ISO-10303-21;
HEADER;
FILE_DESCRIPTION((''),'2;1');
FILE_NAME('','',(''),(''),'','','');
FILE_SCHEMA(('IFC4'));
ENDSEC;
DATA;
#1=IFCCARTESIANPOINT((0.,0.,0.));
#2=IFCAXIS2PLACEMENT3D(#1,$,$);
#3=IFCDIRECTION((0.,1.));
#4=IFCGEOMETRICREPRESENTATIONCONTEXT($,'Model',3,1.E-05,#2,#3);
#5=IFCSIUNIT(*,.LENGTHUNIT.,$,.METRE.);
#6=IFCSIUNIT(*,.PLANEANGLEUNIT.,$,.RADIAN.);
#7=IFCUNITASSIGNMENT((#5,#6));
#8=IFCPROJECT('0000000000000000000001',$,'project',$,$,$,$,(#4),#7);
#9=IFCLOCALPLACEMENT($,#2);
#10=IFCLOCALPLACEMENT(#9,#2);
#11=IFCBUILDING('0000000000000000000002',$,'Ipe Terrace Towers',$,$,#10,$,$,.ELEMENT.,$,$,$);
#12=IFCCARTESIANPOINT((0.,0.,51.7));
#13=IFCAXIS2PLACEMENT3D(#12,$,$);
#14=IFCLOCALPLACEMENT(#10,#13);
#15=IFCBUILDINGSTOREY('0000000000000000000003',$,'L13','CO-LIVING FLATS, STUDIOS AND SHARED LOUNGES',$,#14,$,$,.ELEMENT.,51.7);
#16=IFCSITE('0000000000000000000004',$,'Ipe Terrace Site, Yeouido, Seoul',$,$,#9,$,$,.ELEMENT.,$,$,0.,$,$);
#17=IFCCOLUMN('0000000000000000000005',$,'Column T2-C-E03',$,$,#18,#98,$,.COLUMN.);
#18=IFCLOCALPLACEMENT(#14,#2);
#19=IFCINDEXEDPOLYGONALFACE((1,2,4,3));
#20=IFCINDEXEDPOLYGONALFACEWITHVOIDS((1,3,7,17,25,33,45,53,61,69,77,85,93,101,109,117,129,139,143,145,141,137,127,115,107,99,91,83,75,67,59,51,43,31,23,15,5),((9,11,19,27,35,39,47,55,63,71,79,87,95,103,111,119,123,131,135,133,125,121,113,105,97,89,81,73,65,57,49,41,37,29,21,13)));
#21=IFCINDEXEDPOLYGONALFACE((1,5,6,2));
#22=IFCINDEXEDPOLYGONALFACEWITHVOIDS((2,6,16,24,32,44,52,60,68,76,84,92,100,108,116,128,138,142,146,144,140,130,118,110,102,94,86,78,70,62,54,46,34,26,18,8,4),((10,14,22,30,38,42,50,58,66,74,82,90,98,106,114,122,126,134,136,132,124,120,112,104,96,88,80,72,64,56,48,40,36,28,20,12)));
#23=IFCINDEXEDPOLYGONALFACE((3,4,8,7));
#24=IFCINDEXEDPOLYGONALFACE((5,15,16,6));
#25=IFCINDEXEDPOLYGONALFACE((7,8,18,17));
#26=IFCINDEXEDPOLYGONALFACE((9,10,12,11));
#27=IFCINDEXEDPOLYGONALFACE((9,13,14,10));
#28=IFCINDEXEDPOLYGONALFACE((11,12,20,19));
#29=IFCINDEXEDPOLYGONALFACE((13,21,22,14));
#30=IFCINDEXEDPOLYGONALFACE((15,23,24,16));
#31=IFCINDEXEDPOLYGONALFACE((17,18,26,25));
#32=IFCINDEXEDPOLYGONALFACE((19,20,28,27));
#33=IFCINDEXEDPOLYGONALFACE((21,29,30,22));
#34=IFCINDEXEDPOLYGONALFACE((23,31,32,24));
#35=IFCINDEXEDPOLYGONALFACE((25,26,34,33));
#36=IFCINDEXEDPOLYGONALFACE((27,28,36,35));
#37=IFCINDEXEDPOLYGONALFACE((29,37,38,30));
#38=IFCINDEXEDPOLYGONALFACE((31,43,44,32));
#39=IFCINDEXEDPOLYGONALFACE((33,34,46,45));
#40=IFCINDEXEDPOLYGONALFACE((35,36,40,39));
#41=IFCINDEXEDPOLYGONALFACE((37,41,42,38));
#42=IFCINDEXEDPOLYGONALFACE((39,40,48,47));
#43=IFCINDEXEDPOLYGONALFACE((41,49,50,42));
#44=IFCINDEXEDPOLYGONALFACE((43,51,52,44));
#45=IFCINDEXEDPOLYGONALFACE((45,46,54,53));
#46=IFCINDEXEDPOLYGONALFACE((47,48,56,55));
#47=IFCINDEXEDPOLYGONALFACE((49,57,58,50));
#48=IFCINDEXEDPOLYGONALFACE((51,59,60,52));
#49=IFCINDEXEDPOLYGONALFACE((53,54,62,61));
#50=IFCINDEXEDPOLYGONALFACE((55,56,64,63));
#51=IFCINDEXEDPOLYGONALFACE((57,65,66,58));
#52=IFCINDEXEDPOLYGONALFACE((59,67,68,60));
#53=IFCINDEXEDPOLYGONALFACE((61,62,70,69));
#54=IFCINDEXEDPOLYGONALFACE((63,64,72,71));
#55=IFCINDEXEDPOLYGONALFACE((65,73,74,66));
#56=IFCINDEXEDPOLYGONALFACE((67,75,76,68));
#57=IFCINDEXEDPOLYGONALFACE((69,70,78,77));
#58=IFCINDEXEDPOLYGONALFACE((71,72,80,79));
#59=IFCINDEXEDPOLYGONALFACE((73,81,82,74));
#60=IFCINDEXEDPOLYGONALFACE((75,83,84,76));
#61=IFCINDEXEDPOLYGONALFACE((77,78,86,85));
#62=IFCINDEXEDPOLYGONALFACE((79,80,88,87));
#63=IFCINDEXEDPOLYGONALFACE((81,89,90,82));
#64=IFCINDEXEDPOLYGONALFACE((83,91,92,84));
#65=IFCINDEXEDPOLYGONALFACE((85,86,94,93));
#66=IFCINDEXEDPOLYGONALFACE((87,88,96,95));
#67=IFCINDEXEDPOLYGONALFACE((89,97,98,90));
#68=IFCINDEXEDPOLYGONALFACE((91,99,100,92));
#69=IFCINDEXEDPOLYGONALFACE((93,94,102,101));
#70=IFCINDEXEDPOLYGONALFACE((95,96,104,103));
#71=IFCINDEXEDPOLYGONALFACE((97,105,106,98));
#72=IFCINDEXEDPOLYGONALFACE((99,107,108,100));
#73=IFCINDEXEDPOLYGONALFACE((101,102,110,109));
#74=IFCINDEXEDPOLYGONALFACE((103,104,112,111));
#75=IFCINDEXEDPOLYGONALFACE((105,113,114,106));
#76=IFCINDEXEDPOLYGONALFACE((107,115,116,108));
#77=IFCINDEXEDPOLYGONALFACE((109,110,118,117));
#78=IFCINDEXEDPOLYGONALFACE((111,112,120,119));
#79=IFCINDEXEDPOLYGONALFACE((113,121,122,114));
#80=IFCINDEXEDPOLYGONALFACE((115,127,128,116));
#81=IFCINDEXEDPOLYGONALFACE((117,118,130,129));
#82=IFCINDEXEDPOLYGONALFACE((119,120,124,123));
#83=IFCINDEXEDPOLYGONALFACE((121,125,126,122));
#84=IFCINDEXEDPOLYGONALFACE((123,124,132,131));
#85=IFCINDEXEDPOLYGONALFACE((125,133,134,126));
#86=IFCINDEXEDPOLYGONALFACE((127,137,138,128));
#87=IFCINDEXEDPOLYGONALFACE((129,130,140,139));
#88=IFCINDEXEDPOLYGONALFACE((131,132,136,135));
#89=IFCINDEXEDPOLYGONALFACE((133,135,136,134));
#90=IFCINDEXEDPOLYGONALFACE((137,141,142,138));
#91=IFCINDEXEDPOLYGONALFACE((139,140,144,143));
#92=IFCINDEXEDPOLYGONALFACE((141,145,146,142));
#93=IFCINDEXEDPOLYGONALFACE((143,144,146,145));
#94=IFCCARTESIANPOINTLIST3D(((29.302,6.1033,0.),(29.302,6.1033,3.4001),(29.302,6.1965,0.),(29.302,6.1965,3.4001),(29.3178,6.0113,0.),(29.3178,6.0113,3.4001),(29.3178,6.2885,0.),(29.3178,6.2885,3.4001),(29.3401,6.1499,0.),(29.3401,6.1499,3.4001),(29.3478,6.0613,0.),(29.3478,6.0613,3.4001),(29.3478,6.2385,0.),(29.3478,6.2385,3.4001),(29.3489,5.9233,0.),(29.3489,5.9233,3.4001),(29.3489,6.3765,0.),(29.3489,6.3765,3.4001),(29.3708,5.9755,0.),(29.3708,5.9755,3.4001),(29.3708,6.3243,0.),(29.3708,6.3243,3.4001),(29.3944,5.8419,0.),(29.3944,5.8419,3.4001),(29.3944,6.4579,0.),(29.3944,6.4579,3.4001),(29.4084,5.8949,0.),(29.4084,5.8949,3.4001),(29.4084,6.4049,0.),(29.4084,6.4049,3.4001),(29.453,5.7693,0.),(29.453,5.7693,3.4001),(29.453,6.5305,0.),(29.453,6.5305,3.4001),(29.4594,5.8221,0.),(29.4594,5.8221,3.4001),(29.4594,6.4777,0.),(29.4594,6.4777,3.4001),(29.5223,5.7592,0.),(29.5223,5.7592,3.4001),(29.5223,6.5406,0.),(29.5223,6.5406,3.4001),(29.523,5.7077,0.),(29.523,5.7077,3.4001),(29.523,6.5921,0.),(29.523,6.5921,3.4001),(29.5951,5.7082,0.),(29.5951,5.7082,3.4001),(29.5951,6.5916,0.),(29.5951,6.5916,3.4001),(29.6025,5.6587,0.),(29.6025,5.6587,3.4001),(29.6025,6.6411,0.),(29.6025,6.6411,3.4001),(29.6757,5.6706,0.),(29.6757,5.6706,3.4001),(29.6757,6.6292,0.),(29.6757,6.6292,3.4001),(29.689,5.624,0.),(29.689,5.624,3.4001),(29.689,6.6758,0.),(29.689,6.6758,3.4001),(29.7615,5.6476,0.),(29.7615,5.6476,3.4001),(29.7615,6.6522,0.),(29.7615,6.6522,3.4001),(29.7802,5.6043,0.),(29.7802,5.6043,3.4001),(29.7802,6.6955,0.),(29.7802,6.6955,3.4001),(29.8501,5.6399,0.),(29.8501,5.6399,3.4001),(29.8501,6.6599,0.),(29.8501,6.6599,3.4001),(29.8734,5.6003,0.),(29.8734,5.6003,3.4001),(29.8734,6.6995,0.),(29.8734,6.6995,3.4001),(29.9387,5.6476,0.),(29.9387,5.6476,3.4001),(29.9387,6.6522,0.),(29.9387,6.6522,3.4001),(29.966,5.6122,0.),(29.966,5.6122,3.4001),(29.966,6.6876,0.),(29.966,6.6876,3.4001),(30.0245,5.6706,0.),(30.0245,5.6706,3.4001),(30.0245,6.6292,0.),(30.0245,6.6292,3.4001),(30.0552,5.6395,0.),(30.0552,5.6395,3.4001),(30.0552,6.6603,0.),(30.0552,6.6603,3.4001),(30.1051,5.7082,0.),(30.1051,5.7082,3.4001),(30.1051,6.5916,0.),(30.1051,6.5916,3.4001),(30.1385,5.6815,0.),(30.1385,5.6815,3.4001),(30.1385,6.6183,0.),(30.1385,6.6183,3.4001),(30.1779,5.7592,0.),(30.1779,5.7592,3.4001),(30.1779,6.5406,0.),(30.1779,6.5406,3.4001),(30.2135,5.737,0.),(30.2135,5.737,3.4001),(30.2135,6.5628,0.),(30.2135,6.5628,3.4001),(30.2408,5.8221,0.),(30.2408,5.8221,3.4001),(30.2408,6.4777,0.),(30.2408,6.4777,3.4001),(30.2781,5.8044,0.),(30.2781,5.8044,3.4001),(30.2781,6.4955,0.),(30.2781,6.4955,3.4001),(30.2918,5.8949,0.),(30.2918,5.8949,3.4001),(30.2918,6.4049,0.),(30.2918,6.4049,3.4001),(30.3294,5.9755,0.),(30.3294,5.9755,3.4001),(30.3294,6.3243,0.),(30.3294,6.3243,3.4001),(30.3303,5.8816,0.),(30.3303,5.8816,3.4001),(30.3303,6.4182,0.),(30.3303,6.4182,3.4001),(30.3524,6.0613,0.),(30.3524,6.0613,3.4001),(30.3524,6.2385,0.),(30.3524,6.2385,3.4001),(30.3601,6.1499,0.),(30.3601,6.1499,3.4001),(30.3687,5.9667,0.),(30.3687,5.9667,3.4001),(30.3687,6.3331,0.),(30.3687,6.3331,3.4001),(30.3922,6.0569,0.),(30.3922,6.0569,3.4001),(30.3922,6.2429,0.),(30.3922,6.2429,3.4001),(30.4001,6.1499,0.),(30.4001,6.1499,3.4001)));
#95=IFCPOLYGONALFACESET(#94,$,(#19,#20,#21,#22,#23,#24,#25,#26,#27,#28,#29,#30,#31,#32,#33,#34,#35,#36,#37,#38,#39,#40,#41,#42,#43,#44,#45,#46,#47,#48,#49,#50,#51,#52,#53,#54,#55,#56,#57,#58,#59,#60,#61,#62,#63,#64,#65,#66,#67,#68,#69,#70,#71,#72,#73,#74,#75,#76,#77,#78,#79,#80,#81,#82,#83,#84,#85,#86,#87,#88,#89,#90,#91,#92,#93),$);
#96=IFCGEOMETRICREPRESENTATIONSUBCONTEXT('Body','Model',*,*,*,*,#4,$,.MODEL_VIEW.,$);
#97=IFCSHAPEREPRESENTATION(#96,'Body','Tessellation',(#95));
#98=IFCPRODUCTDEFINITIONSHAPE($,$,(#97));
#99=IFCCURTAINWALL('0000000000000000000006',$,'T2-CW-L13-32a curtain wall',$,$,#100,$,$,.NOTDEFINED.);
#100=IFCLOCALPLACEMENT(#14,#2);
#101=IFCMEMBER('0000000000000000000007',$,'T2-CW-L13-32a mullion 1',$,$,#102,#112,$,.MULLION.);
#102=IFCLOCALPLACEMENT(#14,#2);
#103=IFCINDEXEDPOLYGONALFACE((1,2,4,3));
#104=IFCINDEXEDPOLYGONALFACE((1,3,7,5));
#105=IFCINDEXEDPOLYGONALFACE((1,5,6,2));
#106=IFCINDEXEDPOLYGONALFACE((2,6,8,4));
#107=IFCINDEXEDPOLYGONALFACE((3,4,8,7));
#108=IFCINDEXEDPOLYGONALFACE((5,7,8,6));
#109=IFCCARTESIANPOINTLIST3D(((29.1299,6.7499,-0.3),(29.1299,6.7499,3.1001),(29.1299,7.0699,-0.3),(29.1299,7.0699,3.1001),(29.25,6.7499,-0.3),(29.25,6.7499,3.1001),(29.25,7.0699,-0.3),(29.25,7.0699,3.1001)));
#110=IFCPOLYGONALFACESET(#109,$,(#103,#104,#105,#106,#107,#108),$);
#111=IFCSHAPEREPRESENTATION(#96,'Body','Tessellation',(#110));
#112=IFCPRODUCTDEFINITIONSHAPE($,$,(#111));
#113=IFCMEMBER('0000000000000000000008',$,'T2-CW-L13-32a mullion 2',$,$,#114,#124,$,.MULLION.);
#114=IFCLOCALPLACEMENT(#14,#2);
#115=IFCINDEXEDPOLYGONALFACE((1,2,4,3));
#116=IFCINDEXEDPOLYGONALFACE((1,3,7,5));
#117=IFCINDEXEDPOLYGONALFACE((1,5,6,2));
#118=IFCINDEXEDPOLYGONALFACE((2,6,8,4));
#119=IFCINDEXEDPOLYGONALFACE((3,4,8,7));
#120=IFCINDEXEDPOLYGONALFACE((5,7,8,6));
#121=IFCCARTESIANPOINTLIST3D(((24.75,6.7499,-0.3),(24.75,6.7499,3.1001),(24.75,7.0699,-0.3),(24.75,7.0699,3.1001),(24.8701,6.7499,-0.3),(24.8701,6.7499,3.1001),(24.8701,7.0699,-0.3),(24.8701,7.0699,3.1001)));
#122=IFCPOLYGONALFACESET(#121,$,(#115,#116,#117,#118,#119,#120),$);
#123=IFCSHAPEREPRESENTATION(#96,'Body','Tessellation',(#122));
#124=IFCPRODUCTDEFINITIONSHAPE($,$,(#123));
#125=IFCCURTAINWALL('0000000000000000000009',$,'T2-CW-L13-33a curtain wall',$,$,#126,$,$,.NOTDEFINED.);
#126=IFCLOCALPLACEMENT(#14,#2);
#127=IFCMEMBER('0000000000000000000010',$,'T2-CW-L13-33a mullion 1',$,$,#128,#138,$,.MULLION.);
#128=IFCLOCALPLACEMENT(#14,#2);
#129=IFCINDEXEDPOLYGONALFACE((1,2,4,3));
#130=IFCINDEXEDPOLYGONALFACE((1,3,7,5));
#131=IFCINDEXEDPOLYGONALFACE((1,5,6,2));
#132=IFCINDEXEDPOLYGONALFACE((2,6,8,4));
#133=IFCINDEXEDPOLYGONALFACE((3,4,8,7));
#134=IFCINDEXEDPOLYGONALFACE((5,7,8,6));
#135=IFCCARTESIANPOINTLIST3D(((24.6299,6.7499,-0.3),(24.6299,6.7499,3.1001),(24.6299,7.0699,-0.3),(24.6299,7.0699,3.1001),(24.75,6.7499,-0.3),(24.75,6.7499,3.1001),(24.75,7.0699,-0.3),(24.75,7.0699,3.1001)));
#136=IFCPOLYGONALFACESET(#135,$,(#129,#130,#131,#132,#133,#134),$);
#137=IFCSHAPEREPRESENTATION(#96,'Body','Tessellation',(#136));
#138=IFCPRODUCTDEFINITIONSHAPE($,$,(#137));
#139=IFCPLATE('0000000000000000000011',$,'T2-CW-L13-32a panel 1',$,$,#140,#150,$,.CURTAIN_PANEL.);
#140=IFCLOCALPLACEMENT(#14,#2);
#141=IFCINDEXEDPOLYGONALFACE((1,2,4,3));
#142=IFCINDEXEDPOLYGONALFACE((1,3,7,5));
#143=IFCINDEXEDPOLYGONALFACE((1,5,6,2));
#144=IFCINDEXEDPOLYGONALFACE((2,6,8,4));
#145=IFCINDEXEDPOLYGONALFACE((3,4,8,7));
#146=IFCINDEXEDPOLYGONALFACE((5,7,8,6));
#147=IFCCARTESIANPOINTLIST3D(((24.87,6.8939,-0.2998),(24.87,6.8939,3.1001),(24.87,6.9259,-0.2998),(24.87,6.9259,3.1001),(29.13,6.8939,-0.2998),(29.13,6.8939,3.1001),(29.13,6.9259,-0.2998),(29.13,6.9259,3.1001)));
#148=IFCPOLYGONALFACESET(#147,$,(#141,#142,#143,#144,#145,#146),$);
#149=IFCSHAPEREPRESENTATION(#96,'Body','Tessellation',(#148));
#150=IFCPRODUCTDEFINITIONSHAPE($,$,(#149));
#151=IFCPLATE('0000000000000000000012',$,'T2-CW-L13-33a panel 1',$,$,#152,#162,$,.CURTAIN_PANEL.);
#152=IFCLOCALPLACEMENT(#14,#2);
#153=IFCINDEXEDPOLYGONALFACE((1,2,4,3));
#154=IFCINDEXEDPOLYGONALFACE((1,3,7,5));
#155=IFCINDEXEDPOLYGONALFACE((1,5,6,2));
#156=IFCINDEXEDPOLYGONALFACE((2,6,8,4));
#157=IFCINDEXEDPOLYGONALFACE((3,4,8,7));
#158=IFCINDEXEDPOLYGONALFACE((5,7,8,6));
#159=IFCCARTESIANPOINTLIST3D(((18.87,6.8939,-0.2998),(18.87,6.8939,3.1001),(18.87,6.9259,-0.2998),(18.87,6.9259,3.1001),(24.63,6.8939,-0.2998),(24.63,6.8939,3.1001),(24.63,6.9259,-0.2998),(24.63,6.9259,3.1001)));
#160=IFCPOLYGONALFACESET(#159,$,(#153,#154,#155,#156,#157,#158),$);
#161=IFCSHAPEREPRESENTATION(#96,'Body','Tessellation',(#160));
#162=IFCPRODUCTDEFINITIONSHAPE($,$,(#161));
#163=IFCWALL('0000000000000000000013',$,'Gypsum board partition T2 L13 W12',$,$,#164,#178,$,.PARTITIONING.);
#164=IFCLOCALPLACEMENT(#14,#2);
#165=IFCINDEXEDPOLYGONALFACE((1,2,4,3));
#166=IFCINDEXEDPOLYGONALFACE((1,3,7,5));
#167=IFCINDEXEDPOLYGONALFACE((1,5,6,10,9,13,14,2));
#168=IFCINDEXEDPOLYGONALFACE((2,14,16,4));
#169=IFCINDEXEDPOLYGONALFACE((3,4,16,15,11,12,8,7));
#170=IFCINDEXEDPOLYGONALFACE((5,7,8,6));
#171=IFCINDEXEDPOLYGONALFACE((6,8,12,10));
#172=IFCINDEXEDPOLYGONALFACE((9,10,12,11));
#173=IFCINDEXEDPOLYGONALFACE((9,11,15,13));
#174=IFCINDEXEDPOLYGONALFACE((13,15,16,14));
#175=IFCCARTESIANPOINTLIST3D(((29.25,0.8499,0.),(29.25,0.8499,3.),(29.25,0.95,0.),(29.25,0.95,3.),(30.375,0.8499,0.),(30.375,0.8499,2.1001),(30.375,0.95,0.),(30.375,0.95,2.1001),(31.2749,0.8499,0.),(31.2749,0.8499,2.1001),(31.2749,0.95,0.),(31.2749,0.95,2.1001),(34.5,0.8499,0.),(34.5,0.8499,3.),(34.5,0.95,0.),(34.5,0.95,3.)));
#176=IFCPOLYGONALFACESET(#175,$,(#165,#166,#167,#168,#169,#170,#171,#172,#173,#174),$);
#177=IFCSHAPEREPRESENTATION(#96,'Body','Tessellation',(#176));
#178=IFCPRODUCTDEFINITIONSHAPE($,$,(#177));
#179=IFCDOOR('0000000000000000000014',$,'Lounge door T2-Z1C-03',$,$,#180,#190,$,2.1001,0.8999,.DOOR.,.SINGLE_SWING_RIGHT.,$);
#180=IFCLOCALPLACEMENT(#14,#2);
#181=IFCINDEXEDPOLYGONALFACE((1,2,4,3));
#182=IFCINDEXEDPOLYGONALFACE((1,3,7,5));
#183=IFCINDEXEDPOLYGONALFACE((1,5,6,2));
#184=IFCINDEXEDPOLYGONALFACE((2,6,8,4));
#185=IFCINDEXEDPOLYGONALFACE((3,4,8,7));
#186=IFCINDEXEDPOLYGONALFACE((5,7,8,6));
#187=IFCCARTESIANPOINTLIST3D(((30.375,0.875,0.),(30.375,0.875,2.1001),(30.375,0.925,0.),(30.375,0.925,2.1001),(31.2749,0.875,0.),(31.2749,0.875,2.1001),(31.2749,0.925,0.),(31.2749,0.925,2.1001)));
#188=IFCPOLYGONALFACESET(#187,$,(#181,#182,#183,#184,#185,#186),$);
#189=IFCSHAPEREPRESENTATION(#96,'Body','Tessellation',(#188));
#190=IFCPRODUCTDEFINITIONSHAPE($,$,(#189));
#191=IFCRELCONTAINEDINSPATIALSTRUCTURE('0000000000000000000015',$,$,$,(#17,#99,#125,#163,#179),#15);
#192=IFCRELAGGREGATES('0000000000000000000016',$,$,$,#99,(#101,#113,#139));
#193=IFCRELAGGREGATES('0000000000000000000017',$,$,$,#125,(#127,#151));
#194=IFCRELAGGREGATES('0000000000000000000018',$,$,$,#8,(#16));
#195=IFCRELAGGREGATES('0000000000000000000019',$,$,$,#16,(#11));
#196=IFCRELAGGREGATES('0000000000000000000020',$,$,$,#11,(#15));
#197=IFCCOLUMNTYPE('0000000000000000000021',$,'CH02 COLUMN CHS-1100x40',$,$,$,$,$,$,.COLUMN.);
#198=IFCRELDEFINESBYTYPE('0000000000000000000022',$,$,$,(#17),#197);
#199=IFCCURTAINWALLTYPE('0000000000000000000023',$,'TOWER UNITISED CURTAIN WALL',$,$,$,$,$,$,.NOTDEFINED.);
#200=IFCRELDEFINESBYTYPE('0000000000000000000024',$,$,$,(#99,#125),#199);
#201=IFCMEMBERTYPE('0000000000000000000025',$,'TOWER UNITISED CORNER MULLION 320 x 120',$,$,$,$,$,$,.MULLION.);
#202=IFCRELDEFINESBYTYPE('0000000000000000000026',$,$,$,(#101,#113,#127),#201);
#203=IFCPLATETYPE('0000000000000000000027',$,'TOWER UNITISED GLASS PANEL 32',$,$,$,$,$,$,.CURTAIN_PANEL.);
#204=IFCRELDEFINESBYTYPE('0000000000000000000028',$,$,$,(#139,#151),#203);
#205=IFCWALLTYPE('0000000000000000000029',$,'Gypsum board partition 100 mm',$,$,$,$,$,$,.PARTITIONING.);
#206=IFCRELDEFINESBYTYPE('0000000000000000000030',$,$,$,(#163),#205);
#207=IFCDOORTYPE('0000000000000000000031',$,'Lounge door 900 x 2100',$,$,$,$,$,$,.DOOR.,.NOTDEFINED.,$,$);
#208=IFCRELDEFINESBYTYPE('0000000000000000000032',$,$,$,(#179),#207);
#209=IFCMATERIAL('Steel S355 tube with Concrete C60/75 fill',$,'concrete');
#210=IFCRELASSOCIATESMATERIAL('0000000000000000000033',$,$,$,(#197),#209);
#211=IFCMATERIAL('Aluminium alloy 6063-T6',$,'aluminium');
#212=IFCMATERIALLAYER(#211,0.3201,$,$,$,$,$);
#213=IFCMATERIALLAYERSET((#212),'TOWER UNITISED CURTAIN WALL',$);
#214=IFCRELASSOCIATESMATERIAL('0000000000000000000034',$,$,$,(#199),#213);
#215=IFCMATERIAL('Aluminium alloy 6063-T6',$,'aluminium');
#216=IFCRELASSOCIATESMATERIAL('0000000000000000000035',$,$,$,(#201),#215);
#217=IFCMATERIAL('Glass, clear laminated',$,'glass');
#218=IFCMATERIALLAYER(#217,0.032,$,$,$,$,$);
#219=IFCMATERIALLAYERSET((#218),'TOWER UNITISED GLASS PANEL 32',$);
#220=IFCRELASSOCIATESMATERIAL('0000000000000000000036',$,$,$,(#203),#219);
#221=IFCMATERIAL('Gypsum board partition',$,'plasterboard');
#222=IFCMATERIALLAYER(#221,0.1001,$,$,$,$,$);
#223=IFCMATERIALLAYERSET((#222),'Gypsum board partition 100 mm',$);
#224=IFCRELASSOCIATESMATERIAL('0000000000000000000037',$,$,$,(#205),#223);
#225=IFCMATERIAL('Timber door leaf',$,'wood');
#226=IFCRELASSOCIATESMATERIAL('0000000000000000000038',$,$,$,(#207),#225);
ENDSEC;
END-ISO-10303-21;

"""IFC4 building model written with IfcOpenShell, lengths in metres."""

from ifc_helpers import new_model, si_unit, direction, frame, frame_2d, origin, origin_2d, place, context, subcontext, project, spatial, rectangle, hollow_circle, extrude, material, layer, layer_set, material_profile, profile_set, type_object, element, fill, aggregate, save


model = new_model("IFC4")

# Units and contexts
model_context = context("Model", 3, precision=1e-05, world=origin(), true_north=direction((0.0, 1.0)))
body_context = subcontext(model_context, "Body", "Model", "MODEL_VIEW")
ifc_project = project(units=[si_unit("LENGTHUNIT", "METRE"), si_unit("PLANEANGLEUNIT", "RADIAN")], contexts=[model_context])

# Site, building, storey
site_placement = place(None, origin())
site = spatial("IfcSite", under=ifc_project, at=site_placement, Name="Ipe Terrace Site, Yeouido, Seoul", CompositionType="ELEMENT", RefElevation=0.0)
building_placement = place(site_placement, origin())
building = spatial("IfcBuilding", under=site, at=building_placement, Name="Ipe Terrace Towers", CompositionType="ELEMENT")
storey_placement = place(building_placement, frame((0.0, 0.0, 51.7)))
storey = spatial("IfcBuildingStorey", under=building, at=storey_placement, Name="L13", Description="CO-LIVING FLATS, STUDIOS AND SHARED LOUNGES", CompositionType="ELEMENT", Elevation=51.7)

# Column
ifc_material_1 = material(Name="Steel S355 tube with Concrete C60/75 fill", Category="concrete")
ifc_material_profile_1 = material_profile(ifc_material_1, hollow_circle(Radius=0.55, WallThickness=0.04, at=origin_2d()), Name="CHS-1100x40")
ifc_profile_set_1 = profile_set([ifc_material_profile_1], Name="Steel S355 tube with Concrete C60/75 fill")
column_type = type_object("IfcColumnType", Name="CH02 COLUMN CHS-1100x40", PredefinedType="COLUMN", material=ifc_profile_set_1)
column_placement = place(storey_placement, frame((29.8501, 6.1499, 0.0), z_axis=(0.0, 0.0, 1.0), x_axis=(1.0, 0.0, 0.0)))
element("IfcColumn", 1, at=column_placement, inside=storey, type_object=column_type, Name="Column T2-C-E03", PredefinedType="COLUMN", context=body_context, shape_type="SweptSolid", body=[
    extrude(hollow_circle(Radius=0.55, WallThickness=0.04, at=origin_2d()), origin(), (0.0, 0.0, 1.0), 3.4001),
])

# Curtain wall, members
ifc_material_2 = material(Name="Aluminium alloy 6063-T6", Category="aluminium")
ifc_layer_1 = layer(ifc_material_2, 0.3201)
ifc_layer_set_1 = layer_set([ifc_layer_1], Name="TOWER UNITISED CURTAIN WALL")
curtain_wall_type = type_object("IfcCurtainWallType", Name="TOWER UNITISED CURTAIN WALL", PredefinedType="NOTDEFINED", material=ifc_layer_set_1)
curtain_wall_1_placement = place(storey_placement, origin())
curtain_wall_1 = element("IfcCurtainWall", 2, at=curtain_wall_1_placement, inside=storey, type_object=curtain_wall_type, Name="T2-CW-L13-32a curtain wall", PredefinedType="NOTDEFINED")
ifc_material_3 = material(Name="Aluminium alloy 6063-T6", Category="aluminium")
ifc_material_profile_2 = material_profile(ifc_material_3, rectangle(XDim=0.3201, YDim=0.1201, at=origin_2d()), Name="TOWER UNITISED CORNER MULLION 320 x 120")
ifc_profile_set_2 = profile_set([ifc_material_profile_2], Name="Aluminium alloy 6063-T6")
member_type = type_object("IfcMemberType", Name="TOWER UNITISED CORNER MULLION 320 x 120", PredefinedType="MULLION", material=ifc_profile_set_2)
member_1_placement = place(storey_placement, frame((29.1899, 6.9099, -0.3), z_axis=(0.0, 0.0, 1.0), x_axis=(0.0, 1.0, 0.0)))
member_1 = element("IfcMember", 3, at=member_1_placement, type_object=member_type, Name="T2-CW-L13-32a mullion 1", PredefinedType="MULLION", context=body_context, shape_type="SweptSolid", body=[
    extrude(rectangle(XDim=0.3201, YDim=0.1201, at=origin_2d()), origin(), (0.0, 0.0, 1.0), 3.4001),
])
member_2_placement = place(storey_placement, frame((24.8101, 6.9099, -0.3), z_axis=(0.0, 0.0, 1.0), x_axis=(0.0, 1.0, 0.0)))
member_2 = element("IfcMember", 4, at=member_2_placement, type_object=member_type, Name="T2-CW-L13-32a mullion 2", PredefinedType="MULLION", context=body_context, shape_type="SweptSolid", body=[
    extrude(rectangle(XDim=0.3201, YDim=0.1201, at=origin_2d()), origin(), (0.0, 0.0, 1.0), 3.4001),
])

# Curtain wall, member
curtain_wall_2_placement = place(storey_placement, origin())
curtain_wall_2 = element("IfcCurtainWall", 5, at=curtain_wall_2_placement, inside=storey, type_object=curtain_wall_type, Name="T2-CW-L13-33a curtain wall", PredefinedType="NOTDEFINED")
member_3_placement = place(storey_placement, frame((24.6899, 6.9099, -0.3), z_axis=(0.0, 0.0, 1.0), x_axis=(0.0, 1.0, 0.0)))
member_3 = element("IfcMember", 6, at=member_3_placement, type_object=member_type, Name="T2-CW-L13-33a mullion 1", PredefinedType="MULLION", context=body_context, shape_type="SweptSolid", body=[
    extrude(rectangle(XDim=0.3201, YDim=0.1201, at=origin_2d()), origin(), (0.0, 0.0, 1.0), 3.4001),
])

# Plates
ifc_material_4 = material(Name="Glass, clear laminated", Category="glass")
ifc_layer_2 = layer(ifc_material_4, 0.032)
ifc_layer_set_2 = layer_set([ifc_layer_2], Name="TOWER UNITISED GLASS PANEL 32")
plate_type = type_object("IfcPlateType", Name="TOWER UNITISED GLASS PANEL 32", PredefinedType="CURTAIN_PANEL", material=ifc_layer_set_2)
plate_1_placement = place(storey_placement, frame((27.0, 6.9099, -0.2998), z_axis=(0.0, 0.0, 1.0), x_axis=(-1.0, 0.0, 0.0)))
plate_1 = element("IfcPlate", 7, at=plate_1_placement, type_object=plate_type, Name="T2-CW-L13-32a panel 1", PredefinedType="CURTAIN_PANEL", context=body_context, shape_type="SweptSolid", body=[
    extrude(rectangle(XDim=4.26, YDim=0.032, at=origin_2d()), origin(), (0.0, 0.0, 1.0), 3.3999),
])
aggregate(curtain_wall_1, [member_1, member_2, plate_1])
plate_2_placement = place(storey_placement, frame((21.75, 6.9099, -0.2998), z_axis=(0.0, 0.0, 1.0), x_axis=(-1.0, 0.0, 0.0)))
plate_2 = element("IfcPlate", 8, at=plate_2_placement, type_object=plate_type, Name="T2-CW-L13-33a panel 1", PredefinedType="CURTAIN_PANEL", context=body_context, shape_type="SweptSolid", body=[
    extrude(rectangle(XDim=5.76, YDim=0.032, at=origin_2d()), origin(), (0.0, 0.0, 1.0), 3.3999),
])
aggregate(curtain_wall_2, [member_3, plate_2])

# Wall, opening, door
ifc_material_5 = material(Name="Gypsum board partition", Category="plasterboard")
ifc_layer_3 = layer(ifc_material_5, 0.1001)
ifc_layer_set_3 = layer_set([ifc_layer_3], Name="Gypsum board partition 100 mm")
wall_type_1 = type_object("IfcWallType", Name="Gypsum board partition 100 mm", PredefinedType="PARTITIONING", material=ifc_layer_set_3)
wall_1_placement = place(storey_placement, frame((34.5, 0.8999, 0.0), z_axis=(0.0, 0.0, 1.0), x_axis=(-1.0, 0.0, 0.0)))
wall_1 = element("IfcWall", 9, at=wall_1_placement, inside=storey, type_object=wall_type_1, Name="Gypsum board partition T2 L13 W12", PredefinedType="PARTITIONING", context=body_context, shape_type="SweptSolid", body=[
    extrude(rectangle(XDim=5.25, YDim=0.1001, at=frame_2d((2.625, 0.0))), origin(), (0.0, 0.0, 1.0), 3.0),
])
opening_1_placement = place(wall_1_placement, frame((3.2251, 0.0, 0.0)))
opening_1 = element("IfcOpeningElement", 10, at=opening_1_placement, cuts=wall_1, PredefinedType="OPENING", context=body_context, shape_type="SweptSolid", body=[
    extrude(rectangle(XDim=0.8999, YDim=2.1001, at=frame_2d((0.45, 1.05))), frame((0.0, 0.0601, 0.0), z_axis=(0.0, -1.0, 0.0), x_axis=(1.0, 0.0, 0.0)), (0.0, 0.0, 1.0), 0.1201),
])
ifc_material_6 = material(Name="Timber door leaf", Category="wood")
door_type_1 = type_object("IfcDoorType", Name="Lounge door 900 x 2100", OperationType="NOTDEFINED", PredefinedType="DOOR", material=ifc_material_6)
door_1_placement = place(opening_1_placement, origin())
door_1 = element("IfcDoor", 11, at=door_1_placement, inside=storey, type_object=door_type_1, Name="Lounge door T2-Z1C-03", OperationType="SINGLE_SWING_RIGHT", OverallHeight=2.1001, OverallWidth=0.8999, PredefinedType="DOOR", context=body_context, shape_type="SweptSolid", body=[
    extrude(rectangle(XDim=0.8999, YDim=2.1001, at=frame_2d((0.45, 1.05))), frame((0.0, 0.0249, 0.0), z_axis=(0.0, -1.0, 0.0), x_axis=(1.0, 0.0, 0.0)), (0.0, 0.0, 1.0), 0.05),
])
fill(opening_1, door_1)

save(model, "model.ifc")
